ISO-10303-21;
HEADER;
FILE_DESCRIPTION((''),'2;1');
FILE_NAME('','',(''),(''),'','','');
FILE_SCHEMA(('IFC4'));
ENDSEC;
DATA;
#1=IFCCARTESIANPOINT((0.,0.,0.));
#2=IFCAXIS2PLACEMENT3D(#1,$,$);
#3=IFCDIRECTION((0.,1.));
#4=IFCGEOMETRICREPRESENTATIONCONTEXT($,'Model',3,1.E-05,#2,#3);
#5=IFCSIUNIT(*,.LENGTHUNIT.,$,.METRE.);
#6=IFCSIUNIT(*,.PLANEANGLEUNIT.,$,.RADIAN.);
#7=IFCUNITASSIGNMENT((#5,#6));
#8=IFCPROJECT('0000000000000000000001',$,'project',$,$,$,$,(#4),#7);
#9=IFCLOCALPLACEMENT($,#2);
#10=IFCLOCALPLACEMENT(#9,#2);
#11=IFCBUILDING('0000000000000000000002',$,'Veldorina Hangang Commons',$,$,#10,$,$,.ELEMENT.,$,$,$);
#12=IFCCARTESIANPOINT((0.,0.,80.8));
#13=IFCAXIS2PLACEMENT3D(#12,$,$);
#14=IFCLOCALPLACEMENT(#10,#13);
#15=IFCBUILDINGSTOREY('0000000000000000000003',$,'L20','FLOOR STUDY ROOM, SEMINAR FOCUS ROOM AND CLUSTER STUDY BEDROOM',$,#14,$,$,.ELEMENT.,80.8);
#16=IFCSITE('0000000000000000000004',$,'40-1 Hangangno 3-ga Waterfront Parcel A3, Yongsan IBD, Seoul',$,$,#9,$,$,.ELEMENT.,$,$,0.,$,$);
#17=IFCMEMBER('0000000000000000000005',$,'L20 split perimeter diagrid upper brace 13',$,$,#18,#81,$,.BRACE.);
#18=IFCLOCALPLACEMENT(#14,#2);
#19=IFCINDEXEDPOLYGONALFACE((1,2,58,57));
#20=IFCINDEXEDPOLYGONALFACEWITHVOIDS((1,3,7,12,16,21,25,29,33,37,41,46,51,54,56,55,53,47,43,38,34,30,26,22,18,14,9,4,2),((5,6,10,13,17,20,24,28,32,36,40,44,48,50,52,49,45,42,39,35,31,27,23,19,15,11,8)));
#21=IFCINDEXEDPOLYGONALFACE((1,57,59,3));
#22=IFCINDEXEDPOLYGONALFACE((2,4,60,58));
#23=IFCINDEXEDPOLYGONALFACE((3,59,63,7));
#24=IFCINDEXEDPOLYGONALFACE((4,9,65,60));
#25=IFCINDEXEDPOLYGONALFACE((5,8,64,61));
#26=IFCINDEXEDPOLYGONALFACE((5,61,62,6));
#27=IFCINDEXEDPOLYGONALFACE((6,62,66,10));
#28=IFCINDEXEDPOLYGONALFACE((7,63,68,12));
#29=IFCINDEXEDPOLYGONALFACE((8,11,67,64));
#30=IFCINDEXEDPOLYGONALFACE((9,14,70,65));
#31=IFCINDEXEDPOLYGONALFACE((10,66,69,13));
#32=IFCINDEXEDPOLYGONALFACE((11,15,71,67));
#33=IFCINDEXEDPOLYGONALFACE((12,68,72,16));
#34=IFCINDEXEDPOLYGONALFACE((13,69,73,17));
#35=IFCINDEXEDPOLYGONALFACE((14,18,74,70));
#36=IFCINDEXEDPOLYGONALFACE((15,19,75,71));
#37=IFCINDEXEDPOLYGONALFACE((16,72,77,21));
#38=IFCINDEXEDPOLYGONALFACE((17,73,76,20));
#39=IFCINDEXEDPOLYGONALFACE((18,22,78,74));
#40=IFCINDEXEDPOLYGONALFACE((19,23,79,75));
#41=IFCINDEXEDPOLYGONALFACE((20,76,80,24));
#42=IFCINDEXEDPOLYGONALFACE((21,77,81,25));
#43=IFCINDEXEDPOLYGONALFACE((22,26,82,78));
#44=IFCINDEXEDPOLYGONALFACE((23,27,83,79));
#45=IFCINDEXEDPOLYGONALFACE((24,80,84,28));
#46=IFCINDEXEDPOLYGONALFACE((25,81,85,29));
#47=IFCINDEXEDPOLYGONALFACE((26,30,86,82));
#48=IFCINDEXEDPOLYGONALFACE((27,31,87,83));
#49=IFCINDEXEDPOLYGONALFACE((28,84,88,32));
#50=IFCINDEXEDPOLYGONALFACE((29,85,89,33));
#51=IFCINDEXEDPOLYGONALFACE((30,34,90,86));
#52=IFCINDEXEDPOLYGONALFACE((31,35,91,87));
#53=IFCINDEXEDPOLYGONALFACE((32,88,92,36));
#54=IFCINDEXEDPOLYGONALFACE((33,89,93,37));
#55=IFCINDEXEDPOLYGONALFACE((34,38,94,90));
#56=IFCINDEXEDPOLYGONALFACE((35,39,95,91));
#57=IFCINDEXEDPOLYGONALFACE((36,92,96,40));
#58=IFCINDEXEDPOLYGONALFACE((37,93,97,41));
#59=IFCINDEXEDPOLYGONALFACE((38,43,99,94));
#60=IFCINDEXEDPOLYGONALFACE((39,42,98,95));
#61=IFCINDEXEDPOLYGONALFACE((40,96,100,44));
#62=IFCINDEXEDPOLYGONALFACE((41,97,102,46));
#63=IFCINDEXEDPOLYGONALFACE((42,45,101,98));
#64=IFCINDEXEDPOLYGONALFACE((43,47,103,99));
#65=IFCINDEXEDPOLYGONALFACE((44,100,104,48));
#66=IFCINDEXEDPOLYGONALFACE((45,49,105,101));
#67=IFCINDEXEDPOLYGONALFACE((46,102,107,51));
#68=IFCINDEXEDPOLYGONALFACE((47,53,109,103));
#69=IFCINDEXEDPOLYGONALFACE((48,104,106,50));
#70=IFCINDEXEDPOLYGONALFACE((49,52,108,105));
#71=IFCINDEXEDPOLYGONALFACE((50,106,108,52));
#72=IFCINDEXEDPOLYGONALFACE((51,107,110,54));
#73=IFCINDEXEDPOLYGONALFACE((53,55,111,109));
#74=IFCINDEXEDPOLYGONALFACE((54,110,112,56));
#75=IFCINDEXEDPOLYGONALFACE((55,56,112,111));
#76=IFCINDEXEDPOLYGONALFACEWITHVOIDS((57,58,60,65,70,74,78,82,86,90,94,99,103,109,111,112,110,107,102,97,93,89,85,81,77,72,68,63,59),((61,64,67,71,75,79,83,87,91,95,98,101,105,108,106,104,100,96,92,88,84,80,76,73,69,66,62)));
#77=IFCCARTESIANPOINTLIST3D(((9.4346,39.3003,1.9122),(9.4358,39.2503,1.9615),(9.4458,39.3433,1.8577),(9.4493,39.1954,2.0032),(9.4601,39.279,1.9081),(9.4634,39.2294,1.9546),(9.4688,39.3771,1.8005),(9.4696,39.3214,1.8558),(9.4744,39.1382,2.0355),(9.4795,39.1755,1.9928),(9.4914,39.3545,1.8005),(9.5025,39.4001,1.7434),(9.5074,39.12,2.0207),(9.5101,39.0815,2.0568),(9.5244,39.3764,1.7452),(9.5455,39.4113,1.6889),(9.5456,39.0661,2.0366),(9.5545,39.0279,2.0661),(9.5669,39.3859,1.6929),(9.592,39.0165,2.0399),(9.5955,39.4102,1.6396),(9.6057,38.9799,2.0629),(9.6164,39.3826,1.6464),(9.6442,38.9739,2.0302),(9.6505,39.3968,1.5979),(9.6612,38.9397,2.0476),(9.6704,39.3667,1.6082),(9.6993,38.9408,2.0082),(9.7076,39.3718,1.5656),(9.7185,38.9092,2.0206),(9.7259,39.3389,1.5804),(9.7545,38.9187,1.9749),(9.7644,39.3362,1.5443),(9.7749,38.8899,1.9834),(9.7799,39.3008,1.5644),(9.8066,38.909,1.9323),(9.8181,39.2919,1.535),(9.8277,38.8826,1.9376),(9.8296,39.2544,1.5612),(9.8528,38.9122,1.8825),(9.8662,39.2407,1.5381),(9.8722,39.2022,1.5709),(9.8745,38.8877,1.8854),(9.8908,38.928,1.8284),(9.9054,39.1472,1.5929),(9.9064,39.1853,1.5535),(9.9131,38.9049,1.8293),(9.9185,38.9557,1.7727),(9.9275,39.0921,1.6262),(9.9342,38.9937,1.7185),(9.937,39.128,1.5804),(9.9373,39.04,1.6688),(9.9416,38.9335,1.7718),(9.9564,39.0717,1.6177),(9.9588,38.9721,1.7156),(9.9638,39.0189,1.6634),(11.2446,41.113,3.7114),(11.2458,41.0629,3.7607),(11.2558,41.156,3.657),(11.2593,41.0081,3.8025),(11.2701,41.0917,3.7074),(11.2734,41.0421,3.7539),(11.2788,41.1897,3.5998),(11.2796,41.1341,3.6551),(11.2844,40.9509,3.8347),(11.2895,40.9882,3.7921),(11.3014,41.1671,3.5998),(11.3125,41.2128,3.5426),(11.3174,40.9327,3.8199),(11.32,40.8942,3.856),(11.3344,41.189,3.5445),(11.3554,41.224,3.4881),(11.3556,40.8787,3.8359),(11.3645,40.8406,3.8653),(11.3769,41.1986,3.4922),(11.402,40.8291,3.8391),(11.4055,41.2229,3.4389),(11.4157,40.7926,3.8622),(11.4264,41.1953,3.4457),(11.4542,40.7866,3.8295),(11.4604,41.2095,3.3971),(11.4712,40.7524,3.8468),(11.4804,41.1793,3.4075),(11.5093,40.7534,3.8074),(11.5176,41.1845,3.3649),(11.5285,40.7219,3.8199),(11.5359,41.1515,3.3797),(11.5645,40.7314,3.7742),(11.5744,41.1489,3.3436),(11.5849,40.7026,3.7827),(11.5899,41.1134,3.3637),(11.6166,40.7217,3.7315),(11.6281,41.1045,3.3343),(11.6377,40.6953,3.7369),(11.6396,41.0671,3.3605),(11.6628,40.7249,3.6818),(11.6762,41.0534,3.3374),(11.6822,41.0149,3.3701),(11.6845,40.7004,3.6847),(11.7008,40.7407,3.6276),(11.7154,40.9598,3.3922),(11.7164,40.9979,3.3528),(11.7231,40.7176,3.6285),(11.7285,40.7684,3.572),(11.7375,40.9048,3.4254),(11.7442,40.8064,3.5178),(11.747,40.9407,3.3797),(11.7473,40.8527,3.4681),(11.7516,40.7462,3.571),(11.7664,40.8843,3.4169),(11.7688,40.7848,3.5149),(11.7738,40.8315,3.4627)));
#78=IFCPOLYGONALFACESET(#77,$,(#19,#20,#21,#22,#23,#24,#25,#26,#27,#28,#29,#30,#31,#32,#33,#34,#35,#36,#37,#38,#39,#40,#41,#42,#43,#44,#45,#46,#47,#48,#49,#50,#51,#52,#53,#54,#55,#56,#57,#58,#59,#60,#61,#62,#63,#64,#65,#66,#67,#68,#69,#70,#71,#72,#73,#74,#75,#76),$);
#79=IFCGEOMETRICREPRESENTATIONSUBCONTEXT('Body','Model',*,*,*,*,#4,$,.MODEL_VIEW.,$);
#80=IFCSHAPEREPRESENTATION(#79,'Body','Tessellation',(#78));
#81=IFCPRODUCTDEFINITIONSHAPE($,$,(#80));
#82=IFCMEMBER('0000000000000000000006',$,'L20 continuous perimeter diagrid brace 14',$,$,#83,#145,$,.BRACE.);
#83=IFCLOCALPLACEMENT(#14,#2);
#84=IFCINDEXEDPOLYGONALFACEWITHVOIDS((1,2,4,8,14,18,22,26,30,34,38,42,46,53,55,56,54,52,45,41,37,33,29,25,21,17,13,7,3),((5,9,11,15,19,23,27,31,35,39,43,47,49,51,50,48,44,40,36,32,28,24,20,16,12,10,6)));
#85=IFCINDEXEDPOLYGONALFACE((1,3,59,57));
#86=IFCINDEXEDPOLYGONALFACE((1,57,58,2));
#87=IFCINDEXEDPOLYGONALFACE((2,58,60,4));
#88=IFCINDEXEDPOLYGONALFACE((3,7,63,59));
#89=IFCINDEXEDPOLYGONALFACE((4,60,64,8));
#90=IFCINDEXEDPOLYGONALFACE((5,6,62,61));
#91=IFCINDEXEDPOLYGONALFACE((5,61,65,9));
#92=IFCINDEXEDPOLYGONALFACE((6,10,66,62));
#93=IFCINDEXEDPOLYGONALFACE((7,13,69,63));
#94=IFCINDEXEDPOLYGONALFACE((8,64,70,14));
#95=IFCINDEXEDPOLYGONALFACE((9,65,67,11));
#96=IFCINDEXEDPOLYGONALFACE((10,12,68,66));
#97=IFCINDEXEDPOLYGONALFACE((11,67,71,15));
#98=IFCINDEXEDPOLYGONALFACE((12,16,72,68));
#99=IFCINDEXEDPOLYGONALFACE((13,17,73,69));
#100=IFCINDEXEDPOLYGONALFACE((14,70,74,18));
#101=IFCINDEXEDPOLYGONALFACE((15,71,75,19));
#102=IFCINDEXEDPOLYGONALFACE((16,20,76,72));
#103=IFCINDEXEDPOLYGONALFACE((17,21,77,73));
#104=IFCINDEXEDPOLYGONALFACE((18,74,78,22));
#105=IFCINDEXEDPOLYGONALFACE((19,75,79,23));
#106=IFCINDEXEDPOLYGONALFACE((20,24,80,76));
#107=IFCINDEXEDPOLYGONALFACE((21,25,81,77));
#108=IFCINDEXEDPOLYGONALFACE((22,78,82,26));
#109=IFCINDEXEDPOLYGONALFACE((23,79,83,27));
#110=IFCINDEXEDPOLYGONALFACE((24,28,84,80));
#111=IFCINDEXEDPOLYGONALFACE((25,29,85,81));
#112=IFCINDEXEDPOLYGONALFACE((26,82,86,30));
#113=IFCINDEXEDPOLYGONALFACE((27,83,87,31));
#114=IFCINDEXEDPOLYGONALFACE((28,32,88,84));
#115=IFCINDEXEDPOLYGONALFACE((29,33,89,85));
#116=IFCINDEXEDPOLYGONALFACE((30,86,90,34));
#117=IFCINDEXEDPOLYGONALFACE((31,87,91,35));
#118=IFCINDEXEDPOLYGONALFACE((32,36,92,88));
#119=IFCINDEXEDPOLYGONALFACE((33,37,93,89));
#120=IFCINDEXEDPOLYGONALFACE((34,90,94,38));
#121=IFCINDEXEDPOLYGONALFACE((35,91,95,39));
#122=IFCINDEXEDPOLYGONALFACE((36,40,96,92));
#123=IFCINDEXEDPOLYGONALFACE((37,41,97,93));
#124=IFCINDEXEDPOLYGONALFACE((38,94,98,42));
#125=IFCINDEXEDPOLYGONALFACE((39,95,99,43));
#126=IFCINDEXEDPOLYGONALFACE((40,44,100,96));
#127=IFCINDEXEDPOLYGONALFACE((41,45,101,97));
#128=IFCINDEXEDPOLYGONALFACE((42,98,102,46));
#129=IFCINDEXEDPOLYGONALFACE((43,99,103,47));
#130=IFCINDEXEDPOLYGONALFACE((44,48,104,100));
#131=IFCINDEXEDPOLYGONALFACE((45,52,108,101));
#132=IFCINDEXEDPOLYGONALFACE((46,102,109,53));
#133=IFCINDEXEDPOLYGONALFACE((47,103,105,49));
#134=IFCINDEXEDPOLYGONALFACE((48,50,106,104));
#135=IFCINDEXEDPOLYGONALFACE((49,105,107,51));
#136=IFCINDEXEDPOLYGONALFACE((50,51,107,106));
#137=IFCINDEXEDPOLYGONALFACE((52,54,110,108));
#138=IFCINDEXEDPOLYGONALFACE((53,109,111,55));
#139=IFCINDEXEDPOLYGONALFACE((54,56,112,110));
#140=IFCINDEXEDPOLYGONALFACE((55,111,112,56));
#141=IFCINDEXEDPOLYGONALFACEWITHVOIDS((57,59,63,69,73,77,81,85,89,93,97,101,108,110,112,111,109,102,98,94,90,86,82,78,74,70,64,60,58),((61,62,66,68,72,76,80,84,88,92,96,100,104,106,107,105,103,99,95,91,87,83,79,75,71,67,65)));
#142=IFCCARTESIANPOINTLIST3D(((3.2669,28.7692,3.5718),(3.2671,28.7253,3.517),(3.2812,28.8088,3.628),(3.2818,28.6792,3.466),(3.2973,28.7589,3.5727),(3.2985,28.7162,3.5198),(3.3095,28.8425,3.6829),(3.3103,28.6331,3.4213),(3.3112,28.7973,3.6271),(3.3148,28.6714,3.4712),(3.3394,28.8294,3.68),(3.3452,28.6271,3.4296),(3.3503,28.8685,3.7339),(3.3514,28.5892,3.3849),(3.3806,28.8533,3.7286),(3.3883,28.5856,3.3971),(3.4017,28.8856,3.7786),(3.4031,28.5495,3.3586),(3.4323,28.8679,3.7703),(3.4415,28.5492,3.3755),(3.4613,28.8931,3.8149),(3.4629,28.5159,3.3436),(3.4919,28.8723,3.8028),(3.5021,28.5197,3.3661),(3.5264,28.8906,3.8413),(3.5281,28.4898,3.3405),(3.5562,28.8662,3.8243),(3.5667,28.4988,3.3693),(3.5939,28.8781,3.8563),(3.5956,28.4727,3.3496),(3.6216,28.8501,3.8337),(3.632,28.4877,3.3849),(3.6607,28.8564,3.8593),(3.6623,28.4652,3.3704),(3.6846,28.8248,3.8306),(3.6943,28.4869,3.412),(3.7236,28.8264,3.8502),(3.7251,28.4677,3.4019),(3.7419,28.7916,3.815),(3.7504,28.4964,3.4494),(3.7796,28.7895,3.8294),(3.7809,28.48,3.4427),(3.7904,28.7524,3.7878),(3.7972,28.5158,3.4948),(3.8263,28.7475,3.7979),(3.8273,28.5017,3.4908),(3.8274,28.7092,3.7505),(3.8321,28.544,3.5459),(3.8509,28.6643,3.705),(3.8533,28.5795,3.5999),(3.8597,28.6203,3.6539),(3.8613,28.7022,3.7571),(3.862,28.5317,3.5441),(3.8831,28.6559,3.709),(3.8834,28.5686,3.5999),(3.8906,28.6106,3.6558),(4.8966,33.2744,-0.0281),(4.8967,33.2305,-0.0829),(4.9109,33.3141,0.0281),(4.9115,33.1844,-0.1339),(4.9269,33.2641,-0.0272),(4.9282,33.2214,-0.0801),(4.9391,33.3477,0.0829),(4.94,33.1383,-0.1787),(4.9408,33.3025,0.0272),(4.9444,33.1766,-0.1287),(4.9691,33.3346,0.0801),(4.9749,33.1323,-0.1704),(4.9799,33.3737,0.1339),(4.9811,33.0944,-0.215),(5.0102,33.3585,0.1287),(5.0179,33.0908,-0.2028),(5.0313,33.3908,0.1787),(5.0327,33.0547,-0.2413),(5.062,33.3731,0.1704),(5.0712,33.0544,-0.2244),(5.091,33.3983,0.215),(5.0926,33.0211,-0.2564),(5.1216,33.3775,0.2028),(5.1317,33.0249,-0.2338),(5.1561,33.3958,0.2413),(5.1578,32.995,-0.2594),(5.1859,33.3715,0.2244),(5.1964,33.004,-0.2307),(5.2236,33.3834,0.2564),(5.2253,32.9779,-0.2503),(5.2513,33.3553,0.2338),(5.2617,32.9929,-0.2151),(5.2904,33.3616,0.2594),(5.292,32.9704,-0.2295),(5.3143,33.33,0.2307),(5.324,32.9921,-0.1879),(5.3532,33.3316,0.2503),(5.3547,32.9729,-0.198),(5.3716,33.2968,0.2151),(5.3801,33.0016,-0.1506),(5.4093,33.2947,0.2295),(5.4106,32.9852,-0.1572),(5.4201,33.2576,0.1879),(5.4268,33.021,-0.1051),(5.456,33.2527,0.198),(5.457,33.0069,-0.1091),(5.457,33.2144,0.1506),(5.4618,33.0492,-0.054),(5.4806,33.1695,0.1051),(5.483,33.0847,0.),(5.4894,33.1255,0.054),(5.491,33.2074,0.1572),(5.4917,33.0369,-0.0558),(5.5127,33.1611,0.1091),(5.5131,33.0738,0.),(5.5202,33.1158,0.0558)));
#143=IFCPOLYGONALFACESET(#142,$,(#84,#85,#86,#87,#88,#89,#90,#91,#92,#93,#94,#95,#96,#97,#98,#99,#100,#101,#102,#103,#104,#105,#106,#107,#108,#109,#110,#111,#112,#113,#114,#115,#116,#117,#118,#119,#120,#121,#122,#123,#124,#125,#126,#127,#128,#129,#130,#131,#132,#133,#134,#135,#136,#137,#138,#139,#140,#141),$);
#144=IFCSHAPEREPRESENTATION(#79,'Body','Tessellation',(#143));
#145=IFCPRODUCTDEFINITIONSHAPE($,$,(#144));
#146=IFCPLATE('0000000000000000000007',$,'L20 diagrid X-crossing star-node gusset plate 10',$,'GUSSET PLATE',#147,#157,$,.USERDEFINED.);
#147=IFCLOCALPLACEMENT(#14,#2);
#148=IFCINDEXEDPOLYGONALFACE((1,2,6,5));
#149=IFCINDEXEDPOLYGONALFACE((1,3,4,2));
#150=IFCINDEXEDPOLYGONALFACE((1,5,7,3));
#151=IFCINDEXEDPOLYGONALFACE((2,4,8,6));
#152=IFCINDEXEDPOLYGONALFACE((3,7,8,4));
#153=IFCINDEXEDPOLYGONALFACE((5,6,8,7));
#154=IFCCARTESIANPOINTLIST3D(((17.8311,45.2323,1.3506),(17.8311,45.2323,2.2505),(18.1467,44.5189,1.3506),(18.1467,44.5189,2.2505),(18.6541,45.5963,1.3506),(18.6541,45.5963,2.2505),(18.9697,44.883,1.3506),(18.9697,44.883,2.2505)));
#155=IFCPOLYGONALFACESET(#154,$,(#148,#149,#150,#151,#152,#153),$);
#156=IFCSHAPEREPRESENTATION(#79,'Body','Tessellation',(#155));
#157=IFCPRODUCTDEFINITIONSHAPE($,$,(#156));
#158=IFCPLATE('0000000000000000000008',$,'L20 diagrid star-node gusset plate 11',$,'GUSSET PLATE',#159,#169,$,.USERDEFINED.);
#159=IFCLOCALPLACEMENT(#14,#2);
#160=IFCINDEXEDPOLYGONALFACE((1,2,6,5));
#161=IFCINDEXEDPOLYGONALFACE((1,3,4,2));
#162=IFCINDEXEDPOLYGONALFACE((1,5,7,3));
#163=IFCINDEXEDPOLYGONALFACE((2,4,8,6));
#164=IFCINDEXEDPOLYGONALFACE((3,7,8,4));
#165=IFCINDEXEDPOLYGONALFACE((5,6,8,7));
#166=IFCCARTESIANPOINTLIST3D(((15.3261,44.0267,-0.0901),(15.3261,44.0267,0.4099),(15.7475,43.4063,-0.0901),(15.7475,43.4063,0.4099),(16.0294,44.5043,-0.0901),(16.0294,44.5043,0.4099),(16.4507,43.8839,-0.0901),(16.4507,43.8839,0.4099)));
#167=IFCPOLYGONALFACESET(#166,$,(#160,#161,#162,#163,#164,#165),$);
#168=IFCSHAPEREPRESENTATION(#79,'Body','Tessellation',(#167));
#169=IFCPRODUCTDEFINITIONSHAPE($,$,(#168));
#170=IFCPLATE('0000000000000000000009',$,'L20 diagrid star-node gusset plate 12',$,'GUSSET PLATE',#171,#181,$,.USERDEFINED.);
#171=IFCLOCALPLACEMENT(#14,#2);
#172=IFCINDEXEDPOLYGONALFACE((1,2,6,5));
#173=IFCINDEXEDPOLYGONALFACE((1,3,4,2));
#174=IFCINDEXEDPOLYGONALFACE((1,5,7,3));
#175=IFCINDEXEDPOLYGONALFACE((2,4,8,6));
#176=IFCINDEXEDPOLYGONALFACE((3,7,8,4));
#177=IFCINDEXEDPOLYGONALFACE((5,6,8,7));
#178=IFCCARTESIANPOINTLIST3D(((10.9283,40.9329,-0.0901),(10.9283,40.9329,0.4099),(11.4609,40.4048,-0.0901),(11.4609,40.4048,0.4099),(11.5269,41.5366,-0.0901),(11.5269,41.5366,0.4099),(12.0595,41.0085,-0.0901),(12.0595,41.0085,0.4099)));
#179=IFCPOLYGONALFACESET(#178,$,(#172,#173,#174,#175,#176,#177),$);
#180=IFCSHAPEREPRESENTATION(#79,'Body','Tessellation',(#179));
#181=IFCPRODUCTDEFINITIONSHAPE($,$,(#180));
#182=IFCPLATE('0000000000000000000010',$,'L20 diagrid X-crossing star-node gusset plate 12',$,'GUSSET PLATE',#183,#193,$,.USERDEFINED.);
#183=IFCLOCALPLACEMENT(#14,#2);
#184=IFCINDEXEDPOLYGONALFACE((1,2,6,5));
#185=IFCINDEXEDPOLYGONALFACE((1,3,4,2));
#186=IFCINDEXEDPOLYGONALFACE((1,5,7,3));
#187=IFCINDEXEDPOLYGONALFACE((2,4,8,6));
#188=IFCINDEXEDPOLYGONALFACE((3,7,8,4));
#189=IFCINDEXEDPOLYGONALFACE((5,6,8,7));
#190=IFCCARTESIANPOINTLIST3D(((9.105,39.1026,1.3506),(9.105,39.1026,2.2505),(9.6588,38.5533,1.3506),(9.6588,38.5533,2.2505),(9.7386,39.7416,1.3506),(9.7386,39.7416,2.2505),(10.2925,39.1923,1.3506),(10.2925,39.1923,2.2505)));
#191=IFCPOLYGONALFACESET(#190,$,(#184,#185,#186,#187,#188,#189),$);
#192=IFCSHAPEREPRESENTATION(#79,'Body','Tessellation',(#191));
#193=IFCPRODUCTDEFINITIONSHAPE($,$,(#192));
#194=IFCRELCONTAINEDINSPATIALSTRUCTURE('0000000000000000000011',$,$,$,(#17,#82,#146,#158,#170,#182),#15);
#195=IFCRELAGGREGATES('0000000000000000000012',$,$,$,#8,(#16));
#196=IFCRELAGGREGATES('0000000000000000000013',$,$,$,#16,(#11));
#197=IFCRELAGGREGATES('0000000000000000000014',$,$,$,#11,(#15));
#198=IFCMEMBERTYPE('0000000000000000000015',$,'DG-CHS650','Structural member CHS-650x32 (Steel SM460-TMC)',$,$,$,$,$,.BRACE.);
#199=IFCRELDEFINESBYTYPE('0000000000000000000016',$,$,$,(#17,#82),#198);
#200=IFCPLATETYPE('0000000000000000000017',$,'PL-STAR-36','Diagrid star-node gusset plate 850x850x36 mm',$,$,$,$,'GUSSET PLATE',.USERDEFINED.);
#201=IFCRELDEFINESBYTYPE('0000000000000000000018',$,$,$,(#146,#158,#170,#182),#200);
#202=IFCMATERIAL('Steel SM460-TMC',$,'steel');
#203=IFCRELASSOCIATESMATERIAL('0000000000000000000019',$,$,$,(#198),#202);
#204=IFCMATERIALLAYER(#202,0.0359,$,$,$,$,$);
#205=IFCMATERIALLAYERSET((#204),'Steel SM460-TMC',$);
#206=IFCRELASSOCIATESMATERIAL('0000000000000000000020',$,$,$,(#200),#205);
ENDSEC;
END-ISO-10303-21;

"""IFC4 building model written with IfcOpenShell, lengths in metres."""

from ifc_helpers import new_model, si_unit, direction, frame, origin, origin_2d, place, context, subcontext, project, spatial, rectangle, hollow_circle, extrude, material, layer, layer_set, material_profile, profile_set, type_object, element, save


model = new_model("IFC4")

# Units and contexts
model_context = context("Model", 3, precision=1e-05, world=origin(), true_north=direction((0.0, 1.0)))
body_context = subcontext(model_context, "Body", "Model", "MODEL_VIEW")
ifc_project = project(units=[si_unit("LENGTHUNIT", "METRE"), si_unit("PLANEANGLEUNIT", "RADIAN")], contexts=[model_context])

# Site, building, storey
site_placement = place(None, origin())
site = spatial("IfcSite", under=ifc_project, at=site_placement, Name="40-1 Hangangno 3-ga Waterfront Parcel A3, Yongsan IBD, Seoul", CompositionType="ELEMENT", RefElevation=0.0)
building_placement = place(site_placement, origin())
building = spatial("IfcBuilding", under=site, at=building_placement, Name="Veldorina Hangang Commons", CompositionType="ELEMENT")
storey_placement = place(building_placement, frame((0.0, 0.0, 80.8)))
storey = spatial("IfcBuildingStorey", under=building, at=storey_placement, Name="L20", Description="FLOOR STUDY ROOM, SEMINAR FOCUS ROOM AND CLUSTER STUDY BEDROOM", CompositionType="ELEMENT", Elevation=80.8)

# Members
ifc_material_1 = material(Name="Steel SM460-TMC", Category="steel")
ifc_material_profile_1 = material_profile(ifc_material_1, hollow_circle(Radius=0.325, WallThickness=0.032, at=origin_2d()), Name="CHS-650x32")
ifc_profile_set_1 = profile_set([ifc_material_profile_1], Name="Steel SM460-TMC")
member_type = type_object("IfcMemberType", Name="DG-CHS650", Description="Structural member CHS-650x32 (Steel SM460-TMC)", PredefinedType="BRACE", material=ifc_profile_set_1)
member_1_placement = place(storey_placement, frame((9.6987, 39.1475, 1.8005), z_axis=(0.578205, 0.579063, 0.574774), x_axis=(-0.707631, 0.706582, 0.0)))
element("IfcMember", 1, at=member_1_placement, inside=storey, type_object=member_type, Name="L20 split perimeter diagrid upper brace 13", PredefinedType="BRACE", context=body_context, shape_type="SweptSolid", body=[
    extrude(hollow_circle(Radius=0.325, WallThickness=0.032, at=origin_2d()), origin(), (0.0, 0.0, 1.0), 3.1304),
])
member_2_placement = place(storey_placement, frame((5.2075, 33.1843, 0.0), z_axis=(-0.271943, -0.751786, 0.60072), x_axis=(0.940368, -0.340159, 0.0)))
element("IfcMember", 2, at=member_2_placement, inside=storey, type_object=member_type, Name="L20 continuous perimeter diagrid brace 14", PredefinedType="BRACE", context=body_context, shape_type="SweptSolid", body=[
    extrude(hollow_circle(Radius=0.325, WallThickness=0.032, at=origin_2d()), origin(), (0.0, 0.0, 1.0), 5.9927),
])

# Plates
ifc_layer_1 = layer(ifc_material_1, 0.0359)
ifc_layer_set_1 = layer_set([ifc_layer_1], Name="Steel SM460-TMC")
plate_type = type_object("IfcPlateType", Name="PL-STAR-36", Description="Diagrid star-node gusset plate 850x850x36 mm", ElementType="GUSSET PLATE", PredefinedType="USERDEFINED", material=ifc_layer_set_1)
plate_1_placement = place(storey_placement, frame((18.4004, 45.0576, 1.3506), z_axis=(0.0, 0.0, 1.0), x_axis=(-0.914522, -0.404535, 0.0)))
element("IfcPlate", 3, at=plate_1_placement, inside=storey, type_object=plate_type, Name="L20 diagrid X-crossing star-node gusset plate 10", ObjectType="GUSSET PLATE", PredefinedType="USERDEFINED", context=body_context, shape_type="SweptSolid", body=[
    extrude(rectangle(XDim=0.8999, YDim=0.78, at=origin_2d()), origin(), (0.0, 0.0, 1.0), 0.8999),
])
for number, where, z_axis, x_axis, name in (
    (4, (15.8884, 43.9553, -0.0901), (0.0, 0.0, 1.0), (-0.827247, -0.561838, 0.0), "L20 diagrid star-node gusset plate 11"),
    (5, (11.4939, 40.9707, -0.0901), (0.0, 0.0, 1.0), (-0.704139, -0.710062, 0.0), "L20 diagrid star-node gusset plate 12"),
):
    element("IfcPlate", number, at=place(storey_placement, frame(where, z_axis=z_axis, x_axis=x_axis)), inside=storey, type_object=plate_type, Name=name, ObjectType="GUSSET PLATE", PredefinedType="USERDEFINED", context=body_context, shape_type="SweptSolid", body=[
        extrude(rectangle(XDim=0.8501, YDim=0.75, at=origin_2d()), origin(), (0.0, 0.0, 1.0), 0.5),
    ])
plate_2_placement = place(storey_placement, frame((9.6987, 39.1475, 1.3506), z_axis=(0.0, 0.0, 1.0), x_axis=(-0.704139, -0.710062, 0.0)))
element("IfcPlate", 6, at=plate_2_placement, inside=storey, type_object=plate_type, Name="L20 diagrid X-crossing star-node gusset plate 12", ObjectType="GUSSET PLATE", PredefinedType="USERDEFINED", context=body_context, shape_type="SweptSolid", body=[
    extrude(rectangle(XDim=0.8999, YDim=0.78, at=origin_2d()), origin(), (0.0, 0.0, 1.0), 0.8999),
])

save(model, "model.ifc")
